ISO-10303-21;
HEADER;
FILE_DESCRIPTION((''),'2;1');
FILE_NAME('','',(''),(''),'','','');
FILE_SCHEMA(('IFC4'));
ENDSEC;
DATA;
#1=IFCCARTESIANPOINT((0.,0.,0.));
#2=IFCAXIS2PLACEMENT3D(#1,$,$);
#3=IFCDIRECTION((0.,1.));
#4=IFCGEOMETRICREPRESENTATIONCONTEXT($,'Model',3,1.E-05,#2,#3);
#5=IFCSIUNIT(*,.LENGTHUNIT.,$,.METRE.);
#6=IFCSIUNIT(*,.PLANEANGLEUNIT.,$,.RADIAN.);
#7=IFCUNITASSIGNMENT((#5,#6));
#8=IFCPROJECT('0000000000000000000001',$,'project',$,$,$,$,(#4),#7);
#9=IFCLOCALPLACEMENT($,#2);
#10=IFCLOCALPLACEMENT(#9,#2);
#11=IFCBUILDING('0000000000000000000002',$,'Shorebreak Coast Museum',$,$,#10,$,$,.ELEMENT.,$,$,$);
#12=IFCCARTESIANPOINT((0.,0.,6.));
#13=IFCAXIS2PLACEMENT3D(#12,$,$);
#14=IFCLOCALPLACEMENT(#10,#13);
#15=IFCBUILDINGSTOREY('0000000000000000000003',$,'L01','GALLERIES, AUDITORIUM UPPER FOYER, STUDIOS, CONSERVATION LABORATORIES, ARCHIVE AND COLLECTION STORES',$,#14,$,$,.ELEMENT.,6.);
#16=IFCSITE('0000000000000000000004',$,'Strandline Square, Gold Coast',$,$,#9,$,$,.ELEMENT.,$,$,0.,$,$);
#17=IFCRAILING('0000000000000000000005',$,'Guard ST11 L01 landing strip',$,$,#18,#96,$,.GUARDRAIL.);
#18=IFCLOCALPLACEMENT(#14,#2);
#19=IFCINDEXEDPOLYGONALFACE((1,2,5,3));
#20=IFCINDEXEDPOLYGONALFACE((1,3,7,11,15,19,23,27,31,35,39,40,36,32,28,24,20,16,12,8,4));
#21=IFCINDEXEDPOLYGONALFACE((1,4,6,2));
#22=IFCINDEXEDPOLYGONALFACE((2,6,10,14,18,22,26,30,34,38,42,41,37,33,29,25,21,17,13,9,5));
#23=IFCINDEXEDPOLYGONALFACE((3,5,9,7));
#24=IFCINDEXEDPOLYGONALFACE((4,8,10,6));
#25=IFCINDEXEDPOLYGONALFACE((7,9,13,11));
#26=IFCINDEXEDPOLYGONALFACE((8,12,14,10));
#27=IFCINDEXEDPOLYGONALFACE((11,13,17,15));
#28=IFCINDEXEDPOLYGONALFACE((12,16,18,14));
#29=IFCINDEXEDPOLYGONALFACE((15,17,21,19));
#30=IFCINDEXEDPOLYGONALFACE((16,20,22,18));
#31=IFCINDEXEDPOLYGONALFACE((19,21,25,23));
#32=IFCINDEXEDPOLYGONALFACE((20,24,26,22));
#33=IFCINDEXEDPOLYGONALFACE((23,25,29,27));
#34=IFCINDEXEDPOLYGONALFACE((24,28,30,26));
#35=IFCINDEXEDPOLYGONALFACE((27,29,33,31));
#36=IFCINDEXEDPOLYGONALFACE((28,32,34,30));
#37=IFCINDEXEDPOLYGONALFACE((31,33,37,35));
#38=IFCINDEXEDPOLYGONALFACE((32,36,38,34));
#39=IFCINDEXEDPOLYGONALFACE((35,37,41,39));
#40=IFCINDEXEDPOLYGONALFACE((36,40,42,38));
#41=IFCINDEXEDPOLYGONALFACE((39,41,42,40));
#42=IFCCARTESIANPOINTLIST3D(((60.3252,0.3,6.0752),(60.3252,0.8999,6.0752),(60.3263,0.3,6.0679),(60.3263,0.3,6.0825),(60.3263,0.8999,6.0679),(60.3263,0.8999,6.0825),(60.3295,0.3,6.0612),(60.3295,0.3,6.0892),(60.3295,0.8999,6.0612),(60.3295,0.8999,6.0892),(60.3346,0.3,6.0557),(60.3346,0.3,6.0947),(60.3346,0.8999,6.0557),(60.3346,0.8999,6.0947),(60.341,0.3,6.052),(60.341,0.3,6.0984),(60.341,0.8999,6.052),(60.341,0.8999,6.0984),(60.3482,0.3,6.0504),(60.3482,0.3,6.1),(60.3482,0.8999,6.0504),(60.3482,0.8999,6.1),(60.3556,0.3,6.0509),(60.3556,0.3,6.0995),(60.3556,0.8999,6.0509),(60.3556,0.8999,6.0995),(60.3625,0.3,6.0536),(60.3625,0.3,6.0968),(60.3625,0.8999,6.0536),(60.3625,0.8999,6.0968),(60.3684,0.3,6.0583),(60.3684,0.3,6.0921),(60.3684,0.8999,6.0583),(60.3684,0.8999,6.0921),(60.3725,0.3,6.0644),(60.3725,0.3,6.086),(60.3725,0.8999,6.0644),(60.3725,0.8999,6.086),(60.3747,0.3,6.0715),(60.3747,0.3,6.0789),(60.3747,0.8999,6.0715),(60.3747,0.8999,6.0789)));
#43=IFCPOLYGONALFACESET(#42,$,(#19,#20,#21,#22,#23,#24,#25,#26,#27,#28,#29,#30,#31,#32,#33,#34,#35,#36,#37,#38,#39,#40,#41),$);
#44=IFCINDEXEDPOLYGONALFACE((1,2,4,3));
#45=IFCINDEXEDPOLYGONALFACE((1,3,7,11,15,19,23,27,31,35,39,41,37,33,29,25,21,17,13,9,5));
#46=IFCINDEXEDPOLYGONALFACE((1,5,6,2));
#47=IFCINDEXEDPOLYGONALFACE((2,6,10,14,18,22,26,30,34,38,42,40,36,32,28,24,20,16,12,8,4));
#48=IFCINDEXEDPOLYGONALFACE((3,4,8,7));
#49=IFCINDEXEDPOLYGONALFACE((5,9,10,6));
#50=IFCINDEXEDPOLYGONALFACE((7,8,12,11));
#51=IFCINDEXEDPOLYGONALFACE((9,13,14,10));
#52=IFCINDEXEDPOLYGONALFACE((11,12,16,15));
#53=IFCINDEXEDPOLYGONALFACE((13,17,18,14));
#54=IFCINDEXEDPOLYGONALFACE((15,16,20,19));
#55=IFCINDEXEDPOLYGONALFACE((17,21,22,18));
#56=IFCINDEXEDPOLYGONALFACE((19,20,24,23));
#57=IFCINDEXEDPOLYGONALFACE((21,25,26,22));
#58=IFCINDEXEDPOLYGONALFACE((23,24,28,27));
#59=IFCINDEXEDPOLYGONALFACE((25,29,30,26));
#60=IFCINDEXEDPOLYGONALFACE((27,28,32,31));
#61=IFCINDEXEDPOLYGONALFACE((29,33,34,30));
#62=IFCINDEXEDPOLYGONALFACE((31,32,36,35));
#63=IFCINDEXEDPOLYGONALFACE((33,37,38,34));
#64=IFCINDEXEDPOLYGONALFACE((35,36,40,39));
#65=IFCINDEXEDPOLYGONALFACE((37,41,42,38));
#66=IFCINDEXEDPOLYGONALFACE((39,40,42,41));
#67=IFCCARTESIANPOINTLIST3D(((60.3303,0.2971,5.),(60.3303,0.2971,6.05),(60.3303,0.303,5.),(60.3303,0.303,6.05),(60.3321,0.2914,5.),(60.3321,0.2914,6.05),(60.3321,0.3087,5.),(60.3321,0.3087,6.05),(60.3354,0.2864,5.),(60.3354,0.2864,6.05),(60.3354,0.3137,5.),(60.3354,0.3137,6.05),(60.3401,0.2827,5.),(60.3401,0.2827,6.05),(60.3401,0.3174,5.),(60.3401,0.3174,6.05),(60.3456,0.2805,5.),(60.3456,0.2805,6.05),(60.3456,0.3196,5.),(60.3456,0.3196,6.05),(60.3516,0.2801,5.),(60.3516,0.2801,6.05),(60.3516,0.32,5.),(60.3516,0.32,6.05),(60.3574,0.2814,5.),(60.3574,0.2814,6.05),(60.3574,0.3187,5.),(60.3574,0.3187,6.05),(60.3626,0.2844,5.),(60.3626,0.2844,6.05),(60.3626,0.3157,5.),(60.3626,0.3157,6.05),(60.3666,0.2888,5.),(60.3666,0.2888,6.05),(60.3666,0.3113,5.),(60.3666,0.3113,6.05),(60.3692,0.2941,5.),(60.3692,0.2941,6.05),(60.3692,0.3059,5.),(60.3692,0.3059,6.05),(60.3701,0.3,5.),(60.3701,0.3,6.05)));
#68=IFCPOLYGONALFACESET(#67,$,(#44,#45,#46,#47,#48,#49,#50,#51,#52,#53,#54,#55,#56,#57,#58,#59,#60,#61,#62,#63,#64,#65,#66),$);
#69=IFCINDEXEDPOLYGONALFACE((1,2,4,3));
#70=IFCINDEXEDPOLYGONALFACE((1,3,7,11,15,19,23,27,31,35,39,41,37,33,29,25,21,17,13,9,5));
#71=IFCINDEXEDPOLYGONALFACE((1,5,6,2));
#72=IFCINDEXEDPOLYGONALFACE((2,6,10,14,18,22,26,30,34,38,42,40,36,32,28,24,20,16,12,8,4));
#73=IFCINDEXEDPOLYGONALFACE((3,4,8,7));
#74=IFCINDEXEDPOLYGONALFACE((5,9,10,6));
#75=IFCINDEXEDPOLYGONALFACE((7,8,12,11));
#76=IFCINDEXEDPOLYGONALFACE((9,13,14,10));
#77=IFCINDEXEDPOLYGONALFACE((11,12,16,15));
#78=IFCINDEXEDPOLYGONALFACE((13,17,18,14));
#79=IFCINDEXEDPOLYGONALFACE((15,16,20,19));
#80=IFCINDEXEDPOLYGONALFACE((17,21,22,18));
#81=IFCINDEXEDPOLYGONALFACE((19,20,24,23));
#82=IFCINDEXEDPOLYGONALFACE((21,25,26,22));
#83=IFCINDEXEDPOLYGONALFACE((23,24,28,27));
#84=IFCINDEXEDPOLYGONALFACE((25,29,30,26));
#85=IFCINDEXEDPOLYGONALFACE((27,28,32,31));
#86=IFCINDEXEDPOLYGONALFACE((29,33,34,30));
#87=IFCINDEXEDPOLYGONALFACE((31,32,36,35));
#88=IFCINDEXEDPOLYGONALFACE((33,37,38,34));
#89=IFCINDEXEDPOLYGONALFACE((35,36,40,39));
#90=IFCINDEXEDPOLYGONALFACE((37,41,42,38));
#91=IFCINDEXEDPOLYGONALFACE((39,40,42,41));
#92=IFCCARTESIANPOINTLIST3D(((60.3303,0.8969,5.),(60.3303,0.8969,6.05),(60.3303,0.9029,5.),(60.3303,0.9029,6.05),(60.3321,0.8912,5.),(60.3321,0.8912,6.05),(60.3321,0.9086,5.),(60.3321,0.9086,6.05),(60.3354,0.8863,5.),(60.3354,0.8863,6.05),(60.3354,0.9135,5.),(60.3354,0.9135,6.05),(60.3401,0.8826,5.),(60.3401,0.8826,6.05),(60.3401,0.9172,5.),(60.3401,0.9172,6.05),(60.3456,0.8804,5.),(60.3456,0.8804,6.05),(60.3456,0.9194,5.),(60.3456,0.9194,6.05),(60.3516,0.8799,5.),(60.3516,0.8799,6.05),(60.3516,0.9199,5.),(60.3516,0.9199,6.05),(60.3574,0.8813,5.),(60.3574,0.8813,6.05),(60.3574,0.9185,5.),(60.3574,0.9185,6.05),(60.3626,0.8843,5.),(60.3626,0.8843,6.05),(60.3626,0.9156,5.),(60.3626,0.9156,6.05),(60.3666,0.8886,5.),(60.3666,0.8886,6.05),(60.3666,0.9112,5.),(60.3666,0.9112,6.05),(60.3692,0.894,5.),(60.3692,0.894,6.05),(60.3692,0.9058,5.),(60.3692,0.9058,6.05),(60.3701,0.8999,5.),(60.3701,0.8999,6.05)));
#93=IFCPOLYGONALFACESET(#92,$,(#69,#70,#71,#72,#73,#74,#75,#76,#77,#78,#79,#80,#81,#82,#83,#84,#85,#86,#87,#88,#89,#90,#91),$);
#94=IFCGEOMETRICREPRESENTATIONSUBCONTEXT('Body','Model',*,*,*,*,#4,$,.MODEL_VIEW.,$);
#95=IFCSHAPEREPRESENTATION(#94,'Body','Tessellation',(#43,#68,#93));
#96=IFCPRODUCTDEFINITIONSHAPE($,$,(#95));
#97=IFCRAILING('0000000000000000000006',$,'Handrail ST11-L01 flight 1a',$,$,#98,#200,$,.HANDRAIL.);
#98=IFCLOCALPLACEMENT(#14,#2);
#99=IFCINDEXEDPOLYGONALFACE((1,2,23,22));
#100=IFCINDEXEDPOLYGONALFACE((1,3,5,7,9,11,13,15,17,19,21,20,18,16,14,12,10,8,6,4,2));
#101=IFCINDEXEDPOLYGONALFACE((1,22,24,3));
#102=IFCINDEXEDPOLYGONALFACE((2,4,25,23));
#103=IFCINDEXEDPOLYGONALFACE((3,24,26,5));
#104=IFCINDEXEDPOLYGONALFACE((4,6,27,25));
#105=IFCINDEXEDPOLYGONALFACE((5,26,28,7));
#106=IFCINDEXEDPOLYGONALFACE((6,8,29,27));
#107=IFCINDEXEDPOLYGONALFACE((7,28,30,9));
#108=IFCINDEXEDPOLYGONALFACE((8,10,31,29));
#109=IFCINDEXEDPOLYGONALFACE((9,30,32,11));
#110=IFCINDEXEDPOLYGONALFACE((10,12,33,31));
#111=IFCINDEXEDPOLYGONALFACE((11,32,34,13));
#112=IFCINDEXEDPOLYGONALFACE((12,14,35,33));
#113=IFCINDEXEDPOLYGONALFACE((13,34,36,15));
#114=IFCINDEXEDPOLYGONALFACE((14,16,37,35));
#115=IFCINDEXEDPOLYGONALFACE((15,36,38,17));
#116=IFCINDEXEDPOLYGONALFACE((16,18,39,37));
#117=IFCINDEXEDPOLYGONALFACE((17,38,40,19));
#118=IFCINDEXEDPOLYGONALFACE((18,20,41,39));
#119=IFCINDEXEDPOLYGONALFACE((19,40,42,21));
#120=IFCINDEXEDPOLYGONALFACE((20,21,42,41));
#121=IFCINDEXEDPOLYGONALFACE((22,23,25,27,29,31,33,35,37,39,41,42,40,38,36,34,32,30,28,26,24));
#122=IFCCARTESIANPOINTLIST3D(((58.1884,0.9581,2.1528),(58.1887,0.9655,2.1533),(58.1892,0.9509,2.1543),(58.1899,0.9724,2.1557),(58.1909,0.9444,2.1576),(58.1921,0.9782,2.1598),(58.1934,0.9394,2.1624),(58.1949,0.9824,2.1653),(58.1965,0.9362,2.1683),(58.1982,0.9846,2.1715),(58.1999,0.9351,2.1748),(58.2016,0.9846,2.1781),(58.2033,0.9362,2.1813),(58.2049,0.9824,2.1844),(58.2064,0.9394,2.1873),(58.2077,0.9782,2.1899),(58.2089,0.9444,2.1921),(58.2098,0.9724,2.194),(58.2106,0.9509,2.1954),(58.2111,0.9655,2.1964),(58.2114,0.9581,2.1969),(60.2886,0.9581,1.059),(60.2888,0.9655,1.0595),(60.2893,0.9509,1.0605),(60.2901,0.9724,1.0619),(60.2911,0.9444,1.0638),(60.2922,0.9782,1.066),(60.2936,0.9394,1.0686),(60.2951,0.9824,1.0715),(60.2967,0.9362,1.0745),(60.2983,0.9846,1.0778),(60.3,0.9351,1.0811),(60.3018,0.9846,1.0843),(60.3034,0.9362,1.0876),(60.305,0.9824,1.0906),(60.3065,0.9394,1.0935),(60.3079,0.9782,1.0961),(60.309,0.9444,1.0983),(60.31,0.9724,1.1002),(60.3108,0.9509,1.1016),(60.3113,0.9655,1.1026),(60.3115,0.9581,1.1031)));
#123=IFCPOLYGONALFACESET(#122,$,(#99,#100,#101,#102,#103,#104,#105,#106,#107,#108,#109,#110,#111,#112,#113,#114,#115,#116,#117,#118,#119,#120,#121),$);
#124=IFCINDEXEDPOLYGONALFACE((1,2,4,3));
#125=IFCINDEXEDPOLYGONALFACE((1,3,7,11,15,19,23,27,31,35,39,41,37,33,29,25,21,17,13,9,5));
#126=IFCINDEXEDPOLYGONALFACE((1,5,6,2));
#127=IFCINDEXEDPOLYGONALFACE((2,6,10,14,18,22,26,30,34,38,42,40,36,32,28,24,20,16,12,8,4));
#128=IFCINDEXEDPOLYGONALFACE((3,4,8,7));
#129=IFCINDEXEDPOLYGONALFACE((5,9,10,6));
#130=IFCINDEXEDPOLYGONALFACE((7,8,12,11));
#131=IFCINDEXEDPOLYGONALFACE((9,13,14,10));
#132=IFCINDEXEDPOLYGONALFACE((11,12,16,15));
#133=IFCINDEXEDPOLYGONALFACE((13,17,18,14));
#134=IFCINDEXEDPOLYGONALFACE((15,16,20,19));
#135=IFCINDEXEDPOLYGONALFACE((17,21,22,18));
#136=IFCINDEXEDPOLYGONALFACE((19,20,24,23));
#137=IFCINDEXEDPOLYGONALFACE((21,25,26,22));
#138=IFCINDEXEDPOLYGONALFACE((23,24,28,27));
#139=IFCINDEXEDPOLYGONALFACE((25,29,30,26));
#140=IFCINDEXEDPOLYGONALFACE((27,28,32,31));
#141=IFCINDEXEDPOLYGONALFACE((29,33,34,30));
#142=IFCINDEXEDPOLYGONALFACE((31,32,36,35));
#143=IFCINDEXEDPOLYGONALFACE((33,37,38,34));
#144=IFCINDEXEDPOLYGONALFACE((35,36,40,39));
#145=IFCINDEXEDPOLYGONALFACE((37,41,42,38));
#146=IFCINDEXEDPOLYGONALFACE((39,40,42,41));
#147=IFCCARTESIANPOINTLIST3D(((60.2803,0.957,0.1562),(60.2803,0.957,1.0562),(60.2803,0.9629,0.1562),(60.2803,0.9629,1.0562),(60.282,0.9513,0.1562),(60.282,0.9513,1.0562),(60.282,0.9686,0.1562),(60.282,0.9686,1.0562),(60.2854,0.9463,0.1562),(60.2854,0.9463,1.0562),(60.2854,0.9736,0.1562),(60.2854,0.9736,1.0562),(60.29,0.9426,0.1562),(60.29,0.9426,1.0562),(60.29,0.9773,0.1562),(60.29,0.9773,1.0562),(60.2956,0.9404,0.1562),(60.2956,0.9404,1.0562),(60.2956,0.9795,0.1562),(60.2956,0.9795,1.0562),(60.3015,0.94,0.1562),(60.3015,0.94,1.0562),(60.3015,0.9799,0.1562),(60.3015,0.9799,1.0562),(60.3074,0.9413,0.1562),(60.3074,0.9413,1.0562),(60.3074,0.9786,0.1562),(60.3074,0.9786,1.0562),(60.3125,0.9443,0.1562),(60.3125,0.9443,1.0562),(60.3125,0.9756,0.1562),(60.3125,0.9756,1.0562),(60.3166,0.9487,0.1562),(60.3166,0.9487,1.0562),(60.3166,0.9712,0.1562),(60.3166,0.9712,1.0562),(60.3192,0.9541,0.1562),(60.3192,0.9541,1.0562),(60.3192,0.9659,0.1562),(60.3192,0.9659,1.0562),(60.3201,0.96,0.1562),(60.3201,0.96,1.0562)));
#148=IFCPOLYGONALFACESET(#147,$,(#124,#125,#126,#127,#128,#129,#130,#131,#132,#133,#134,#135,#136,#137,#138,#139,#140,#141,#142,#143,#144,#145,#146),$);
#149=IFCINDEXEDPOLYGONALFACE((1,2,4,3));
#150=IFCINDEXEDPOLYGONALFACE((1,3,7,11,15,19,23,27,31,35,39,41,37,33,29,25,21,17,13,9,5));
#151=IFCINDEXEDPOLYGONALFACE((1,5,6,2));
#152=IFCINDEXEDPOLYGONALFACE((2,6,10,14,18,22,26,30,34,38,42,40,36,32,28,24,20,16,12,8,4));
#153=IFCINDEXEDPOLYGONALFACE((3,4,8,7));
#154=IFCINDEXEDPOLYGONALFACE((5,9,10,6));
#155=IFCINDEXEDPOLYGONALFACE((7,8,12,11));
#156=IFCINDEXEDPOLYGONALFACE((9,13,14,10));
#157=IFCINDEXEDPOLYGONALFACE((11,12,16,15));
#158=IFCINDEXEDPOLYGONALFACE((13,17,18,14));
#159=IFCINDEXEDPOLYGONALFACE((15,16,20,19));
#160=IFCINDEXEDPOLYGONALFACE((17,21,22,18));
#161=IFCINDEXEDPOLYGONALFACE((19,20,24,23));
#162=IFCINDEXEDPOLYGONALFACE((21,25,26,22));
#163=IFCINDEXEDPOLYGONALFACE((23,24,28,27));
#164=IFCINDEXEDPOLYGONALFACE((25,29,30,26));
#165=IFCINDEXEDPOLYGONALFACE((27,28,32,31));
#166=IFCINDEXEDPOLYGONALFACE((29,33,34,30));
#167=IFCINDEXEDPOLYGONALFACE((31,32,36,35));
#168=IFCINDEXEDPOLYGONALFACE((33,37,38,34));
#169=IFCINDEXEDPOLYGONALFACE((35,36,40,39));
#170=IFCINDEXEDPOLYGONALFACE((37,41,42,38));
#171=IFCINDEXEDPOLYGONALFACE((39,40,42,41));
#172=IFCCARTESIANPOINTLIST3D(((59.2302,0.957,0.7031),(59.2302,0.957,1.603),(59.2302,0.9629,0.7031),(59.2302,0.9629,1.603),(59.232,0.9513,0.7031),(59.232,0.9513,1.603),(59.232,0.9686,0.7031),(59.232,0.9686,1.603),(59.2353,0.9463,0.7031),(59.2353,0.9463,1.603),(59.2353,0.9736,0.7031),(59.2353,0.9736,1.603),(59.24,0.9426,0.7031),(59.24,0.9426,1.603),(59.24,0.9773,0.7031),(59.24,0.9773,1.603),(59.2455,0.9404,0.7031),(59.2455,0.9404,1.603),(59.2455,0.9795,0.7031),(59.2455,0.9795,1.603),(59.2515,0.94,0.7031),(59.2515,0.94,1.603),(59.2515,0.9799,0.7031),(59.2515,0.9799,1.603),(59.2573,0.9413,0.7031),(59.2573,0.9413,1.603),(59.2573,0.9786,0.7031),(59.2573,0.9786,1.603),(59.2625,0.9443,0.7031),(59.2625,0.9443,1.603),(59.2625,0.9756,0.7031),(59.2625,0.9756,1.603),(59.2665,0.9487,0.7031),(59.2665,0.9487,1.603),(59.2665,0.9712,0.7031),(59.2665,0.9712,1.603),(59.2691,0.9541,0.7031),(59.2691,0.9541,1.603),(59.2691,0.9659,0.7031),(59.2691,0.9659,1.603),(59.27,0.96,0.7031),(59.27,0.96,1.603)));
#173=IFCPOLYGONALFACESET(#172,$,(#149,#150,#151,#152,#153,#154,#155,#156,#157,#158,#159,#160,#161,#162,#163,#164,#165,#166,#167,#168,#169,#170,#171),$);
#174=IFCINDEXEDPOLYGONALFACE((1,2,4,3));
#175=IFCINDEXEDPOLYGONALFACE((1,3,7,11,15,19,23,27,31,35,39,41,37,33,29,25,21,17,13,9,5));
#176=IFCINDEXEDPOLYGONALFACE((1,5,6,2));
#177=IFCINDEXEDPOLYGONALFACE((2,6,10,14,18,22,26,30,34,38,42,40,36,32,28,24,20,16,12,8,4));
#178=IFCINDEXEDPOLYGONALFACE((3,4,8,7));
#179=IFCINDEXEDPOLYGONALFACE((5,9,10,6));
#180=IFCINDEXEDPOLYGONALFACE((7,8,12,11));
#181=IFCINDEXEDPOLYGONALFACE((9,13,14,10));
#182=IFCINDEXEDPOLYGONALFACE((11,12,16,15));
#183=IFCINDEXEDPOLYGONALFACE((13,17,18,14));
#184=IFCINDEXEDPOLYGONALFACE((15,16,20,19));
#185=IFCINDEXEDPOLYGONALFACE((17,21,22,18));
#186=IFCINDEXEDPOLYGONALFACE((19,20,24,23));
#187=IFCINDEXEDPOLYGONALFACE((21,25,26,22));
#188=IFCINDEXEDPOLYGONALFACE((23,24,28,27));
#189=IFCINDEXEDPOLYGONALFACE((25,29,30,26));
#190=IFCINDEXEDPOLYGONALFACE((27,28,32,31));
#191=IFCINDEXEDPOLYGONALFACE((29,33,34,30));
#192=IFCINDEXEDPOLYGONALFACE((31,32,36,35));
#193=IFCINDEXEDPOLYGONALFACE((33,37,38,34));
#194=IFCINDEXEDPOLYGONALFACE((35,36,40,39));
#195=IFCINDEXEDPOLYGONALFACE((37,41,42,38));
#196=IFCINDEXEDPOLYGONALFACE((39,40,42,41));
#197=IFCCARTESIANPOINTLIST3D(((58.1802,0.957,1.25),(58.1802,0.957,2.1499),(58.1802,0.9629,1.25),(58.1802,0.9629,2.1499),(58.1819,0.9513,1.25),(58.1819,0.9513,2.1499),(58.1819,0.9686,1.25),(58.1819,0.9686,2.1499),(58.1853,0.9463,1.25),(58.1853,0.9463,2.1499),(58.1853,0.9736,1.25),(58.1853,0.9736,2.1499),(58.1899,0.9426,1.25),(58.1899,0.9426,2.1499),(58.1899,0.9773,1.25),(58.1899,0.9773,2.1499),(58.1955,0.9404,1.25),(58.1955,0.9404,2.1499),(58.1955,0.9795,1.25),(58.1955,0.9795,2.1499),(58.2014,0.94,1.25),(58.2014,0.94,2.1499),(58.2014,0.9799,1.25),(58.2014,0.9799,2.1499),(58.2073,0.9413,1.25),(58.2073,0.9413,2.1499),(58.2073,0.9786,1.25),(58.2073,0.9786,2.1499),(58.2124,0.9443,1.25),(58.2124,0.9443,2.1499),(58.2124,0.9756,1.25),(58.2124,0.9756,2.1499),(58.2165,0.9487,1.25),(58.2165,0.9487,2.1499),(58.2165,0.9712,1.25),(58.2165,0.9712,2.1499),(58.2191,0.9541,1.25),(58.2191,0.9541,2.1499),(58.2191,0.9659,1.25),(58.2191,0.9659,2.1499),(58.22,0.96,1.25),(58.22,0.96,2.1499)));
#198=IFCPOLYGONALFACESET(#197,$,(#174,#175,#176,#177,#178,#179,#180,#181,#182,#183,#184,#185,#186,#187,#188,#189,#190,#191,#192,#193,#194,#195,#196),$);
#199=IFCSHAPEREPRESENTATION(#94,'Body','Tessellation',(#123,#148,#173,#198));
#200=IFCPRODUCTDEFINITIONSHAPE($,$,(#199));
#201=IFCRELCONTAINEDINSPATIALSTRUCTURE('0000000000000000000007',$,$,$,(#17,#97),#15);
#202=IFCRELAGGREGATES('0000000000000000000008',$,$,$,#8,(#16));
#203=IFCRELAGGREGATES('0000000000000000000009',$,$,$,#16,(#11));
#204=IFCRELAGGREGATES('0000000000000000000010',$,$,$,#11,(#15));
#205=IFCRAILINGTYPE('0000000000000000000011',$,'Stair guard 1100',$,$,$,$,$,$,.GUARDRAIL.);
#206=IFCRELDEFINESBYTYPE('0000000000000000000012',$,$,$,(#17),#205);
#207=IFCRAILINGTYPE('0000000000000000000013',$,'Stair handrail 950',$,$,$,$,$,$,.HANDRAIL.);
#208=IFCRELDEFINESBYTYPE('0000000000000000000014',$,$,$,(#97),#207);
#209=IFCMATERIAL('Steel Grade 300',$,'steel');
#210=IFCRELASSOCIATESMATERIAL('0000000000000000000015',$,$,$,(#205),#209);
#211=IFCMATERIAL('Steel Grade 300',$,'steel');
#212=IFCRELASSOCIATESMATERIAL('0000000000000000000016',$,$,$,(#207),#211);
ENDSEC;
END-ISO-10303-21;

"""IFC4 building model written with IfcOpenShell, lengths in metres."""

from ifc_helpers import new_model, si_unit, direction, frame, origin, origin_2d, place, context, subcontext, project, spatial, circle, extrude, material, type_object, element, save


model = new_model("IFC4")

# Units and contexts
model_context = context("Model", 3, precision=1e-05, world=origin(), true_north=direction((0.0, 1.0)))
body_context = subcontext(model_context, "Body", "Model", "MODEL_VIEW")
ifc_project = project(units=[si_unit("LENGTHUNIT", "METRE"), si_unit("PLANEANGLEUNIT", "RADIAN")], contexts=[model_context])

# Site, building, storey
site_placement = place(None, origin())
site = spatial("IfcSite", under=ifc_project, at=site_placement, Name="Strandline Square, Gold Coast", CompositionType="ELEMENT", RefElevation=0.0)
building_placement = place(site_placement, origin())
building = spatial("IfcBuilding", under=site, at=building_placement, Name="Shorebreak Coast Museum", CompositionType="ELEMENT")
storey_placement = place(building_placement, frame((0.0, 0.0, 6.0)))
storey = spatial("IfcBuildingStorey", under=building, at=storey_placement, Name="L01", Description="GALLERIES, AUDITORIUM UPPER FOYER, STUDIOS, CONSERVATION LABORATORIES, ARCHIVE AND COLLECTION STORES", CompositionType="ELEMENT", Elevation=6.0)

# Railings
ifc_material_1 = material(Name="Steel Grade 300", Category="steel")
railing_type_1 = type_object("IfcRailingType", Name="Stair guard 1100", PredefinedType="GUARDRAIL", material=ifc_material_1)
for number, where, name in (
    (1, (60.3501, 0.3, 5.0), "Guard ST11 L01 landing strip"),
):
    element("IfcRailing", number, at=place(storey_placement, frame(where)), inside=storey, type_object=railing_type_1, Name=name, PredefinedType="GUARDRAIL", context=body_context, shape_type="SweptSolid", body=[
        extrude(circle(Radius=0.0249, at=origin_2d()), frame((0.0, 0.0, 1.0752), z_axis=(0.0, 1.0, 0.0), x_axis=(-1.0, 0.0, 0.0)), (0.0, 0.0, 1.0), 0.5999),
        extrude(circle(Radius=0.02, at=origin_2d()), origin(), (0.0, 0.0, 1.0), 1.05),
        extrude(circle(Radius=0.02, at=origin_2d()), frame((0.0, 0.5999, 0.0)), (0.0, 0.0, 1.0), 1.05),
    ])
ifc_material_2 = material(Name="Steel Grade 300", Category="steel")
railing_type_2 = type_object("IfcRailingType", Name="Stair handrail 950", PredefinedType="HANDRAIL", material=ifc_material_2)
for number, where, name in (
    (2, (60.3, 0.96, 0.1562), "Handrail ST11-L01 flight 1a"),
):
    element("IfcRailing", number, at=place(storey_placement, frame(where)), inside=storey, type_object=railing_type_2, Name=name, PredefinedType="HANDRAIL", context=body_context, shape_type="SweptSolid", body=[
        extrude(circle(Radius=0.0249, at=origin_2d()), frame((0.0, 0.0, 0.9248), z_axis=(-0.886923, 0.0, 0.461918), x_axis=(0.0, -1.0, 0.0)), (0.0, 0.0, 1.0), 2.3679),
        extrude(circle(Radius=0.02, at=origin_2d()), origin(), (0.0, 0.0, 1.0), 0.8999),
        extrude(circle(Radius=0.02, at=origin_2d()), frame((-1.05, 0.0, 0.5469)), (0.0, 0.0, 1.0), 0.8999),
        extrude(circle(Radius=0.02, at=origin_2d()), frame((-2.1001, 0.0, 1.0938)), (0.0, 0.0, 1.0), 0.8999),
    ])

save(model, "model.ifc")
